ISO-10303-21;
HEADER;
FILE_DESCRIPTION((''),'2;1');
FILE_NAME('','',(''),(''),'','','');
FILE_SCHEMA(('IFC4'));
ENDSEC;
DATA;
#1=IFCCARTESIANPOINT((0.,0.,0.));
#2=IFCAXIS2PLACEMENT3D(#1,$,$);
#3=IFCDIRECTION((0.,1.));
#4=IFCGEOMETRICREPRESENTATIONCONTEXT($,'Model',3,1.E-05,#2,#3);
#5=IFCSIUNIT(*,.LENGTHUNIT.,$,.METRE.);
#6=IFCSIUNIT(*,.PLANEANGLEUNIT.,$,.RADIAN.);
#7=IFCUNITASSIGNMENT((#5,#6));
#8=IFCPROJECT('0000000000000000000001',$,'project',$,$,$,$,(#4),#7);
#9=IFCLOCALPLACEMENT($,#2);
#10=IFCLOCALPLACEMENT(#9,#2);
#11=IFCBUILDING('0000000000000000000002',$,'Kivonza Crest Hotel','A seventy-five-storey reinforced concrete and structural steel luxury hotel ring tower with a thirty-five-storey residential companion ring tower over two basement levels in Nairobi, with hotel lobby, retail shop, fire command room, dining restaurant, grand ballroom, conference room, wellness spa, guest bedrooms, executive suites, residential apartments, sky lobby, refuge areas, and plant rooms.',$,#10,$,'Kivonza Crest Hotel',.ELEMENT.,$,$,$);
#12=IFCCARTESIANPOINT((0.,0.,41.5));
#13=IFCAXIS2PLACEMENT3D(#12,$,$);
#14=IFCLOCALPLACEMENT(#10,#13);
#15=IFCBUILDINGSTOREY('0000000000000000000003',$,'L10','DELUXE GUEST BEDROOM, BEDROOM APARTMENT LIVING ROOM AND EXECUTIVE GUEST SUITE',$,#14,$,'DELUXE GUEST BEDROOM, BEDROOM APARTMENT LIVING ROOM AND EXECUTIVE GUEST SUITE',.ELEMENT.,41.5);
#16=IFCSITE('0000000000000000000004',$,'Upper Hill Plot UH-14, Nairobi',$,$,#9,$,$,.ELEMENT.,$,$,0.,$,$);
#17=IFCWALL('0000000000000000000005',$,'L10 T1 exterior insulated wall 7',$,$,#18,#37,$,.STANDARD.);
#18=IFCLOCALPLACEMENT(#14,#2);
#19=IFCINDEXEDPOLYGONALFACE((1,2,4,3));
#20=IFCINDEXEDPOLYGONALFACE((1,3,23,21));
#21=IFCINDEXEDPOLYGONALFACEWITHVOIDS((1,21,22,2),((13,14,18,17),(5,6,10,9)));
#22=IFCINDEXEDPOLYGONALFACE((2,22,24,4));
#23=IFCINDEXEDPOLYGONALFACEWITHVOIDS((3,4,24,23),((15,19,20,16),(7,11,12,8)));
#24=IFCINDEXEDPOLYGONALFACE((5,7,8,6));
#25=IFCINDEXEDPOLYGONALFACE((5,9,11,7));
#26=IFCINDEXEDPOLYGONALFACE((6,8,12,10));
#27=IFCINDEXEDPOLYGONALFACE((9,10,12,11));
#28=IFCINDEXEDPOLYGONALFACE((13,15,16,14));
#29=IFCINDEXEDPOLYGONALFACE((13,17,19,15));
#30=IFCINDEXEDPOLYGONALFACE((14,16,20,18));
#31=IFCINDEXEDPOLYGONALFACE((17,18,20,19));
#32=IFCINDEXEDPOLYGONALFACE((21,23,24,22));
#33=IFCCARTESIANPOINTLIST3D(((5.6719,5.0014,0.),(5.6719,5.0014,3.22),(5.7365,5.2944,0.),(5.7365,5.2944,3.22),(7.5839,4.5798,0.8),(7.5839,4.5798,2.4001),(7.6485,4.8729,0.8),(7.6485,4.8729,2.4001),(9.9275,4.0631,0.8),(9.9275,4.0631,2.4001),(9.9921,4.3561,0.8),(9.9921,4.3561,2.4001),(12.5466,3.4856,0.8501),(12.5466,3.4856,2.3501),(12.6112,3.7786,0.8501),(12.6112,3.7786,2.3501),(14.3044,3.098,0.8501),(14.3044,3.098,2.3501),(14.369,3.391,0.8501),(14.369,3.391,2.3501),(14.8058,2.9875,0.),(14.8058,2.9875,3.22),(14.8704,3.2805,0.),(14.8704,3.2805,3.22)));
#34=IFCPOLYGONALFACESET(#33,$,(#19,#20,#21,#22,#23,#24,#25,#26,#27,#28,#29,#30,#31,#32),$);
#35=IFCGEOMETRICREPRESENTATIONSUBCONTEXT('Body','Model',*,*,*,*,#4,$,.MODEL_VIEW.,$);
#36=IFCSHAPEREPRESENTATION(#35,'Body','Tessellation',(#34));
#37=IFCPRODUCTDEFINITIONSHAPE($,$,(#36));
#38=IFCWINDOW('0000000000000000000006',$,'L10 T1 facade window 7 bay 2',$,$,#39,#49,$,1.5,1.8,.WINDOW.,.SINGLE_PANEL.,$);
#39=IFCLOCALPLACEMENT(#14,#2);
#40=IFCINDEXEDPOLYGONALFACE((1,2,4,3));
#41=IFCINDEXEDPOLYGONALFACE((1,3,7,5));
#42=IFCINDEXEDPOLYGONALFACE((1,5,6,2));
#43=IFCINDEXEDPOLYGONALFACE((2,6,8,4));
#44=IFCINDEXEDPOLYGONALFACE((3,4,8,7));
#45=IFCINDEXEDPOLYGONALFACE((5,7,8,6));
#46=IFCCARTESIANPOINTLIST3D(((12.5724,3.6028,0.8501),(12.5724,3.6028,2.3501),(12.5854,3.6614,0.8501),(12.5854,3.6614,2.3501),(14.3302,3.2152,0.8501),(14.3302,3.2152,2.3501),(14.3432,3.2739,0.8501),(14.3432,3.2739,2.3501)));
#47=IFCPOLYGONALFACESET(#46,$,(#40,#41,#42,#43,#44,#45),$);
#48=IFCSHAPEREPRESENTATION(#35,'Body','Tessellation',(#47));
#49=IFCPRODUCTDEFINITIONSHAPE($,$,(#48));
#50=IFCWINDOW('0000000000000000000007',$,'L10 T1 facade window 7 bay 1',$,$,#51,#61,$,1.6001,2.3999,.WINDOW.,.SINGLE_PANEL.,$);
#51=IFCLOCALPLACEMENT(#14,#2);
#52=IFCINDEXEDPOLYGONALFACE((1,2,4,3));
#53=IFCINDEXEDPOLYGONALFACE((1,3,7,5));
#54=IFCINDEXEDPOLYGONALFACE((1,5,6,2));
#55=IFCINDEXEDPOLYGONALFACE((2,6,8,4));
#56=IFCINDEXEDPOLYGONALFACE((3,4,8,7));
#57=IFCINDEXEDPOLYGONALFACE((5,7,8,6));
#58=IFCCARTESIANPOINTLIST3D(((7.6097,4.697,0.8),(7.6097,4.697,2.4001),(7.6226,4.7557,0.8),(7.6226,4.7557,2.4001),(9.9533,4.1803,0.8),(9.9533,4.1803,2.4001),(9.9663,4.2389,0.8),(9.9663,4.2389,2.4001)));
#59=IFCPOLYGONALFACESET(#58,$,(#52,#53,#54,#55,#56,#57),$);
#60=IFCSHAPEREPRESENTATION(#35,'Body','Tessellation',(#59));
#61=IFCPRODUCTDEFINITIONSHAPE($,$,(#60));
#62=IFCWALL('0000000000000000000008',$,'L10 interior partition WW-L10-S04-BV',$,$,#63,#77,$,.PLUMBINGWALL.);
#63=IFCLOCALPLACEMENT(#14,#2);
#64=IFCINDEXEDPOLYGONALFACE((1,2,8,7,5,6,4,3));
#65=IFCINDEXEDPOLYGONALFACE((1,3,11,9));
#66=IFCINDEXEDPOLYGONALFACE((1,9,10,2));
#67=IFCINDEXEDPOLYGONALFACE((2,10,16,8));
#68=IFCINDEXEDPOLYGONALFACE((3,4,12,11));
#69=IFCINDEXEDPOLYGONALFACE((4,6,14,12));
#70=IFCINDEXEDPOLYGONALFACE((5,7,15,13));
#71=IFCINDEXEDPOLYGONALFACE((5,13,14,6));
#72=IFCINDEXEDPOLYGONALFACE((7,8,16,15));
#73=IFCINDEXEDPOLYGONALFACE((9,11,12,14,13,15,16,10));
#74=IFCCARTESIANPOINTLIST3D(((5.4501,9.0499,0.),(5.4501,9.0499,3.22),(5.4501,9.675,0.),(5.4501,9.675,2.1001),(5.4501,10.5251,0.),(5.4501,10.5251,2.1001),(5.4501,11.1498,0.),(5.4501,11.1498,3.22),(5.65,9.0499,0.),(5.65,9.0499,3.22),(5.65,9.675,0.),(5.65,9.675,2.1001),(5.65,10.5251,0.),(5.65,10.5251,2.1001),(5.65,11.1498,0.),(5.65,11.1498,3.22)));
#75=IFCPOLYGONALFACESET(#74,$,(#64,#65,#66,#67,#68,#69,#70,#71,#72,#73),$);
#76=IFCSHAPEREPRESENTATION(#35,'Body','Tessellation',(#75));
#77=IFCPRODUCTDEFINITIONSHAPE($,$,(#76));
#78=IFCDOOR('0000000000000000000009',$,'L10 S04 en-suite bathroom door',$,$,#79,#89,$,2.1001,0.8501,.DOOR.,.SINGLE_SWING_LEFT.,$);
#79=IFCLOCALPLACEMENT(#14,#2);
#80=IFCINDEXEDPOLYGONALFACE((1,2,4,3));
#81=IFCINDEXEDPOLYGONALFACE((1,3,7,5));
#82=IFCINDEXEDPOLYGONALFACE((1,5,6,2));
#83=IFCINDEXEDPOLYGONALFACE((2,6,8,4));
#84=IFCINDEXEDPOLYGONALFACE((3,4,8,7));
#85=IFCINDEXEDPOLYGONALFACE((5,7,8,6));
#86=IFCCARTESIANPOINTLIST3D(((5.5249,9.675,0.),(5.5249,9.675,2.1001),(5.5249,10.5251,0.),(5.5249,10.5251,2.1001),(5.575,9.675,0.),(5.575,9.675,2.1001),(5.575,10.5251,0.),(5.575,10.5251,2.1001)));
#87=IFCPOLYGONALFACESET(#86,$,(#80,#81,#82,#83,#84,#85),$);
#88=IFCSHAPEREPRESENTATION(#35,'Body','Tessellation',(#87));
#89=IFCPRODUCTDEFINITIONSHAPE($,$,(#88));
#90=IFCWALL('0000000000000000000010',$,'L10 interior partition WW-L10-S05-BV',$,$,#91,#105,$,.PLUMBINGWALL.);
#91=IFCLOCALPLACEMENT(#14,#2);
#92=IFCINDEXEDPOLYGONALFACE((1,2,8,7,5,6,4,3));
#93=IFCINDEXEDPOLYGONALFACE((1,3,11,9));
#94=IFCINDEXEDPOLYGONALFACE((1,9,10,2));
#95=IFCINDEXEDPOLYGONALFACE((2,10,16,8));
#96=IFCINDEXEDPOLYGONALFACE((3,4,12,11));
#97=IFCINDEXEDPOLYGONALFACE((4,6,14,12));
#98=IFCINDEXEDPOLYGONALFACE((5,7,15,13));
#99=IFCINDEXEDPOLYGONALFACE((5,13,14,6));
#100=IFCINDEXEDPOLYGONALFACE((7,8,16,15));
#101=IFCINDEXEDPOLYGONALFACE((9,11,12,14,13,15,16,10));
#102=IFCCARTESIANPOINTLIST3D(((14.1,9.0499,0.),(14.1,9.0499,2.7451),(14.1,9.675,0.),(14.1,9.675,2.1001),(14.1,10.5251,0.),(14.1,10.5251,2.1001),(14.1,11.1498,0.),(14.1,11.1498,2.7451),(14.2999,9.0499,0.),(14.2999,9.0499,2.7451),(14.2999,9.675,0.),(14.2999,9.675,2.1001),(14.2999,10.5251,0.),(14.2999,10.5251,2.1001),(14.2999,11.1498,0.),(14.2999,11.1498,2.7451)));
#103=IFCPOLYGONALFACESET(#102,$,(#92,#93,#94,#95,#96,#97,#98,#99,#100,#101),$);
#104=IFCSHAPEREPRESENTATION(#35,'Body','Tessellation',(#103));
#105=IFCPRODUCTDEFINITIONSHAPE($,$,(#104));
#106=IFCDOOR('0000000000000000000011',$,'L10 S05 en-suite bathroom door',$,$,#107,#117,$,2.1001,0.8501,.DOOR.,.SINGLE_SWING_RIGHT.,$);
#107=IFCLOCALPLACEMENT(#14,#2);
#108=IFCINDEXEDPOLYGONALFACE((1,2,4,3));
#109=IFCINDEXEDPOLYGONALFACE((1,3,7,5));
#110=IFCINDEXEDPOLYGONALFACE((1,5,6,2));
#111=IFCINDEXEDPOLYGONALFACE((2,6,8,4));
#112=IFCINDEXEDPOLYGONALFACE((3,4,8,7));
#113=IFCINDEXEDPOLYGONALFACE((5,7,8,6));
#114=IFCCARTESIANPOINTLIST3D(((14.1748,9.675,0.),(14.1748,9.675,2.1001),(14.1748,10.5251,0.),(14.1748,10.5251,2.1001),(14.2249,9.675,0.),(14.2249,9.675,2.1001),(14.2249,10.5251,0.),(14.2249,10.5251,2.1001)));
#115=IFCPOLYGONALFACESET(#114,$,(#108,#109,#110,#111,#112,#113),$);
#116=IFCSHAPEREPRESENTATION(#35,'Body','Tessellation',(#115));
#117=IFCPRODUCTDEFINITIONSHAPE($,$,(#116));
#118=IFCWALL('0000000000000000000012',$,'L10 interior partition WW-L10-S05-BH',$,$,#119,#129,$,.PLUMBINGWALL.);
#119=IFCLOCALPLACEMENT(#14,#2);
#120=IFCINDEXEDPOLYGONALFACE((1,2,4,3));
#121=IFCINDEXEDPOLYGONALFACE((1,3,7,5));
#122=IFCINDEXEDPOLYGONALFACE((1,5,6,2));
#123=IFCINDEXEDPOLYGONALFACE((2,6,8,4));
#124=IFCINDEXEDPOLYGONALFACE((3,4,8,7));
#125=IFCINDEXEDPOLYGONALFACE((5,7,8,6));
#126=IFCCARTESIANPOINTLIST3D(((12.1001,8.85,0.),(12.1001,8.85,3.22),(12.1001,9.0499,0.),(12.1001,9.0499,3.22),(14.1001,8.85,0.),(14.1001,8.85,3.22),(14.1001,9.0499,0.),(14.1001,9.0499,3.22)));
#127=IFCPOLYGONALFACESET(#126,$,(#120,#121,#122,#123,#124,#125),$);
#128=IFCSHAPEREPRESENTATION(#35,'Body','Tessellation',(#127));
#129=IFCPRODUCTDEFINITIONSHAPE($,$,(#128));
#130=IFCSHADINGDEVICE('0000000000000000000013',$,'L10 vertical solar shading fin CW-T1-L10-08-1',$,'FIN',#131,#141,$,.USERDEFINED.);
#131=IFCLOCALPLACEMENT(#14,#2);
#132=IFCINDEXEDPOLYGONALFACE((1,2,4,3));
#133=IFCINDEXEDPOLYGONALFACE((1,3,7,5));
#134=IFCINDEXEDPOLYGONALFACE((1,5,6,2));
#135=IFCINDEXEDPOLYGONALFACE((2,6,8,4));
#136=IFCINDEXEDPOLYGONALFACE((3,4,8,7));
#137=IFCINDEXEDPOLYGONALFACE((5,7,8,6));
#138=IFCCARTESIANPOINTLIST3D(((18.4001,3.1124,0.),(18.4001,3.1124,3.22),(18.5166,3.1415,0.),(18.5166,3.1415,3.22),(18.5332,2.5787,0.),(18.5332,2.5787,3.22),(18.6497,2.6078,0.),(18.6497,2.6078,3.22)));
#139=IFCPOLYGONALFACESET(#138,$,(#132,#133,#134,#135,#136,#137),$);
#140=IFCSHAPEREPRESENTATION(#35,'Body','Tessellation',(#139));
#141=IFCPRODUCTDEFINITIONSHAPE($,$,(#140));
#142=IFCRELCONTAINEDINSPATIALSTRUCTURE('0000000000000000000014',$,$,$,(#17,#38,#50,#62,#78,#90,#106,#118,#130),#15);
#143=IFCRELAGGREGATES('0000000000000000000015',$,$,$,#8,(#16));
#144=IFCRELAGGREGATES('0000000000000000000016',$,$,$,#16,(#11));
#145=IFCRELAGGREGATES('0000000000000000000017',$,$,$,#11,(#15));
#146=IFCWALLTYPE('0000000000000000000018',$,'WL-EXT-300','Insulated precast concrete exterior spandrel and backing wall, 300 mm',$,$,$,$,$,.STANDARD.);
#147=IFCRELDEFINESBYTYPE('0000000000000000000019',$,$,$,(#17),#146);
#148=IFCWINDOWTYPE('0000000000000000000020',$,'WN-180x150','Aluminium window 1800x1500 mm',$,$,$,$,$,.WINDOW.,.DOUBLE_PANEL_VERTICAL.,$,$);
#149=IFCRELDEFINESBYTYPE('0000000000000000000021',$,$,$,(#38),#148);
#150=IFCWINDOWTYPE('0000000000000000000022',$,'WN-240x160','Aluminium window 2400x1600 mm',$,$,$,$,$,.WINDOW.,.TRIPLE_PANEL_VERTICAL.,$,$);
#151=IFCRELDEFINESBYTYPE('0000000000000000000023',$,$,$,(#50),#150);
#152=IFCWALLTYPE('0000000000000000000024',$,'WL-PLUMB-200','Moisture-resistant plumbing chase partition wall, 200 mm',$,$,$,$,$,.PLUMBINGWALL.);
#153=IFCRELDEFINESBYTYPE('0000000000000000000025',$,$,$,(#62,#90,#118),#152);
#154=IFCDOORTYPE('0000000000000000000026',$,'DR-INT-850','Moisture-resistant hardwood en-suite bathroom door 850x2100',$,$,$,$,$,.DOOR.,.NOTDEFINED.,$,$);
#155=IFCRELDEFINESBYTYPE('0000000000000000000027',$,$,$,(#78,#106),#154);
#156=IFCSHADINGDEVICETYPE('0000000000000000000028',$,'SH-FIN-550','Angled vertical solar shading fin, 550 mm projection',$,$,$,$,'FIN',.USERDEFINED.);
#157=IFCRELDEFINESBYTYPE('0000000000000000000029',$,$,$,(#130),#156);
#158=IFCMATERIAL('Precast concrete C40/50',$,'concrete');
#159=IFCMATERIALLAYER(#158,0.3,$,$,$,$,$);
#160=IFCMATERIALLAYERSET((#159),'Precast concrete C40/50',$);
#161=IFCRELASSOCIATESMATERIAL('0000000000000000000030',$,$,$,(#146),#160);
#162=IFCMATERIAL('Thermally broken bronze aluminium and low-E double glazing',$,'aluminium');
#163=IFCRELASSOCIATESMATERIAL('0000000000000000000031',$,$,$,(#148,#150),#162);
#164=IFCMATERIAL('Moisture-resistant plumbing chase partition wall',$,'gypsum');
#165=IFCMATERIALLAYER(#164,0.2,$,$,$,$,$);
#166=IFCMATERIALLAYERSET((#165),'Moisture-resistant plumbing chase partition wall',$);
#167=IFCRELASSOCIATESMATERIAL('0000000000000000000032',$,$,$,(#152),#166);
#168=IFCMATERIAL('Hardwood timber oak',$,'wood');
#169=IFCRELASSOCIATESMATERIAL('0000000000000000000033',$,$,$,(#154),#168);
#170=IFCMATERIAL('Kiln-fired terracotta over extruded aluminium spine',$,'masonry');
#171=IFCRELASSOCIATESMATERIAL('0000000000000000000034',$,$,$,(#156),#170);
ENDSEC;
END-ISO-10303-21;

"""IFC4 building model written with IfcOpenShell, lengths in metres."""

from ifc_helpers import new_model, si_unit, direction, frame, frame_2d, origin, origin_2d, place, context, subcontext, project, spatial, rectangle, extrude, material, layer, layer_set, type_object, element, fill, save


model = new_model("IFC4")

# Units and contexts
model_context = context("Model", 3, precision=1e-05, world=origin(), true_north=direction((0.0, 1.0)))
body_context = subcontext(model_context, "Body", "Model", "MODEL_VIEW")
ifc_project = project(units=[si_unit("LENGTHUNIT", "METRE"), si_unit("PLANEANGLEUNIT", "RADIAN")], contexts=[model_context])

# Site, building, storey
site_placement = place(None, origin())
site = spatial("IfcSite", under=ifc_project, at=site_placement, Name="Upper Hill Plot UH-14, Nairobi", CompositionType="ELEMENT", RefElevation=0.0)
building_placement = place(site_placement, origin())
building = spatial("IfcBuilding", under=site, at=building_placement, Name="Kivonza Crest Hotel", Description="A seventy-five-storey reinforced concrete and structural steel luxury hotel ring tower with a thirty-five-storey residential companion ring tower over two basement levels in Nairobi, with hotel lobby, retail shop, fire command room, dining restaurant, grand ballroom, conference room, wellness spa, guest bedrooms, executive suites, residential apartments, sky lobby, refuge areas, and plant rooms.", LongName="Kivonza Crest Hotel", CompositionType="ELEMENT")
storey_placement = place(building_placement, frame((0.0, 0.0, 41.5)))
storey = spatial("IfcBuildingStorey", under=building, at=storey_placement, Name="L10", Description="DELUXE GUEST BEDROOM, BEDROOM APARTMENT LIVING ROOM AND EXECUTIVE GUEST SUITE", LongName="DELUXE GUEST BEDROOM, BEDROOM APARTMENT LIVING ROOM AND EXECUTIVE GUEST SUITE", CompositionType="ELEMENT", Elevation=41.5)

# Wall, openings, windows
ifc_material_1 = material(Name="Precast concrete C40/50", Category="concrete")
ifc_layer_1 = layer(ifc_material_1, 0.3)
ifc_layer_set_1 = layer_set([ifc_layer_1], Name="Precast concrete C40/50")
wall_type_1 = type_object("IfcWallType", Name="WL-EXT-300", Description="Insulated precast concrete exterior spandrel and backing wall, 300 mm", PredefinedType="STANDARD", material=ifc_layer_set_1)
wall_1_placement = place(storey_placement, frame((5.7041, 5.1479, 0.0), z_axis=(0.0, 0.0, 1.0), x_axis=(0.976544, -0.215319, 0.0)))
wall_1 = element("IfcWall", 1, at=wall_1_placement, inside=storey, type_object=wall_type_1, Name="L10 T1 exterior insulated wall 7", PredefinedType="STANDARD", context=body_context, shape_type="SweptSolid", body=[
    extrude(rectangle(XDim=9.3533, YDim=0.3, at=frame_2d((4.6768, 0.0))), origin(), (0.0, 0.0, 1.0), 3.22),
])
opening_1_placement = place(wall_1_placement, frame((1.958, 0.0, 0.8)))
opening_1 = element("IfcOpeningElement", 2, at=opening_1_placement, cuts=wall_1, PredefinedType="OPENING", context=body_context, shape_type="SweptSolid", body=[
    extrude(rectangle(XDim=2.3999, YDim=1.6001, at=frame_2d((1.2, 0.8))), frame((0.0, 0.1602, 0.0), z_axis=(0.0, -1.0, 0.0), x_axis=(1.0, 0.0, 0.0)), (0.0, 0.0, 1.0), 0.3201),
])
opening_2_placement = place(wall_1_placement, frame((7.04, 0.0, 0.8501)))
opening_2 = element("IfcOpeningElement", 3, at=opening_2_placement, cuts=wall_1, PredefinedType="OPENING", context=body_context, shape_type="SweptSolid", body=[
    extrude(rectangle(XDim=1.8, YDim=1.5, at=frame_2d((0.8999, 0.75))), frame((0.0, 0.1602, 0.0), z_axis=(0.0, -1.0, 0.0), x_axis=(1.0, 0.0, 0.0)), (0.0, 0.0, 1.0), 0.3201),
])
ifc_material_2 = material(Name="Thermally broken bronze aluminium and low-E double glazing", Category="aluminium")
window_type_1 = type_object("IfcWindowType", Name="WN-180x150", Description="Aluminium window 1800x1500 mm", PartitioningType="DOUBLE_PANEL_VERTICAL", PredefinedType="WINDOW", material=ifc_material_2)
window_1_placement = place(opening_2_placement, origin())
window_1 = element("IfcWindow", 4, at=window_1_placement, inside=storey, type_object=window_type_1, Name="L10 T1 facade window 7 bay 2", OverallHeight=1.5, OverallWidth=1.8, PartitioningType="SINGLE_PANEL", PredefinedType="WINDOW", context=body_context, shape_type="SweptSolid", body=[
    extrude(rectangle(XDim=1.8, YDim=1.5, at=frame_2d((0.8999, 0.75))), frame((0.0, 0.03, 0.0), z_axis=(0.0, -1.0, 0.0), x_axis=(1.0, 0.0, 0.0)), (0.0, 0.0, 1.0), 0.0601),
])
fill(opening_2, window_1)
window_type_2 = type_object("IfcWindowType", Name="WN-240x160", Description="Aluminium window 2400x1600 mm", PartitioningType="TRIPLE_PANEL_VERTICAL", PredefinedType="WINDOW", material=ifc_material_2)
window_2_placement = place(opening_1_placement, origin())
window_2 = element("IfcWindow", 5, at=window_2_placement, inside=storey, type_object=window_type_2, Name="L10 T1 facade window 7 bay 1", OverallHeight=1.6001, OverallWidth=2.3999, PartitioningType="SINGLE_PANEL", PredefinedType="WINDOW", context=body_context, shape_type="SweptSolid", body=[
    extrude(rectangle(XDim=2.3999, YDim=1.6001, at=frame_2d((1.2, 0.8))), frame((0.0, 0.03, 0.0), z_axis=(0.0, -1.0, 0.0), x_axis=(1.0, 0.0, 0.0)), (0.0, 0.0, 1.0), 0.0601),
])
fill(opening_1, window_2)

# Walls, openings, doors
ifc_material_3 = material(Name="Moisture-resistant plumbing chase partition wall", Category="gypsum")
ifc_layer_2 = layer(ifc_material_3, 0.2)
ifc_layer_set_2 = layer_set([ifc_layer_2], Name="Moisture-resistant plumbing chase partition wall")
wall_type_2 = type_object("IfcWallType", Name="WL-PLUMB-200", Description="Moisture-resistant plumbing chase partition wall, 200 mm", PredefinedType="PLUMBINGWALL", material=ifc_layer_set_2)
wall_2_placement = place(storey_placement, frame((5.55, 9.05, 0.0), z_axis=(0.0, 0.0, 1.0), x_axis=(0.0, 1.0, 0.0)))
wall_2 = element("IfcWall", 6, at=wall_2_placement, inside=storey, type_object=wall_type_2, Name="L10 interior partition WW-L10-S04-BV", PredefinedType="PLUMBINGWALL", context=body_context, shape_type="SweptSolid", body=[
    extrude(rectangle(XDim=2.0999, YDim=0.2, at=frame_2d((1.0498, 0.0))), origin(), (0.0, 0.0, 1.0), 3.22),
])
opening_3_placement = place(wall_2_placement, frame((0.625, 0.0, 0.0)))
opening_3 = element("IfcOpeningElement", 7, at=opening_3_placement, cuts=wall_2, PredefinedType="OPENING", context=body_context, shape_type="SweptSolid", body=[
    extrude(rectangle(XDim=0.8501, YDim=2.1001, at=frame_2d((0.425, 1.05))), frame((0.0, 0.1099, 0.0), z_axis=(0.0, -1.0, 0.0), x_axis=(1.0, 0.0, 0.0)), (0.0, 0.0, 1.0), 0.22),
])
ifc_material_4 = material(Name="Hardwood timber oak", Category="wood")
door_type = type_object("IfcDoorType", Name="DR-INT-850", Description="Moisture-resistant hardwood en-suite bathroom door 850x2100", OperationType="NOTDEFINED", PredefinedType="DOOR", material=ifc_material_4)
door_1_placement = place(opening_3_placement, frame((0.8501, 0.0, 0.0), z_axis=(0.0, 0.0, 1.0), x_axis=(-1.0, 0.0, 0.0)))
door_1 = element("IfcDoor", 8, at=door_1_placement, inside=storey, type_object=door_type, Name="L10 S04 en-suite bathroom door", OperationType="SINGLE_SWING_LEFT", OverallHeight=2.1001, OverallWidth=0.8501, PredefinedType="DOOR", context=body_context, shape_type="SweptSolid", body=[
    extrude(rectangle(XDim=0.8501, YDim=2.1001, at=frame_2d((0.425, 1.05))), frame((0.0, 0.0249, 0.0), z_axis=(0.0, -1.0, 0.0), x_axis=(1.0, 0.0, 0.0)), (0.0, 0.0, 1.0), 0.05),
])
fill(opening_3, door_1)
wall_3_placement = place(storey_placement, frame((14.2, 9.05, 0.0), z_axis=(0.0, 0.0, 1.0), x_axis=(0.0, 1.0, 0.0)))
wall_3 = element("IfcWall", 9, at=wall_3_placement, inside=storey, type_object=wall_type_2, Name="L10 interior partition WW-L10-S05-BV", PredefinedType="PLUMBINGWALL", context=body_context, shape_type="SweptSolid", body=[
    extrude(rectangle(XDim=2.0999, YDim=0.2, at=frame_2d((1.0498, 0.0))), origin(), (0.0, 0.0, 1.0), 2.7451),
])
opening_4_placement = place(wall_3_placement, frame((0.625, 0.0, 0.0)))
opening_4 = element("IfcOpeningElement", 10, at=opening_4_placement, cuts=wall_3, PredefinedType="OPENING", context=body_context, shape_type="SweptSolid", body=[
    extrude(rectangle(XDim=0.8501, YDim=2.1001, at=frame_2d((0.425, 1.05))), frame((0.0, 0.1099, 0.0), z_axis=(0.0, -1.0, 0.0), x_axis=(1.0, 0.0, 0.0)), (0.0, 0.0, 1.0), 0.22),
])
door_2_placement = place(opening_4_placement, frame((0.8501, 0.0, 0.0), z_axis=(0.0, 0.0, 1.0), x_axis=(-1.0, 0.0, 0.0)))
door_2 = element("IfcDoor", 11, at=door_2_placement, inside=storey, type_object=door_type, Name="L10 S05 en-suite bathroom door", OperationType="SINGLE_SWING_RIGHT", OverallHeight=2.1001, OverallWidth=0.8501, PredefinedType="DOOR", context=body_context, shape_type="SweptSolid", body=[
    extrude(rectangle(XDim=0.8501, YDim=2.1001, at=frame_2d((0.425, 1.05))), frame((0.0, 0.0249, 0.0), z_axis=(0.0, -1.0, 0.0), x_axis=(1.0, 0.0, 0.0)), (0.0, 0.0, 1.0), 0.05),
])
fill(opening_4, door_2)

# Wall
wall_4_placement = place(storey_placement, frame((12.1001, 8.95, 0.0), z_axis=(0.0, 0.0, 1.0), x_axis=(1.0, 0.0, 0.0)))
element("IfcWall", 12, at=wall_4_placement, inside=storey, type_object=wall_type_2, Name="L10 interior partition WW-L10-S05-BH", PredefinedType="PLUMBINGWALL", context=body_context, shape_type="SweptSolid", body=[
    extrude(rectangle(XDim=2.0, YDim=0.2, at=frame_2d((1.0, 0.0))), origin(), (0.0, 0.0, 1.0), 3.22),
])

# Shading device
ifc_material_5 = material(Name="Kiln-fired terracotta over extruded aluminium spine", Category="masonry")
shading_device_type = type_object("IfcShadingDeviceType", Name="SH-FIN-550", Description="Angled vertical solar shading fin, 550 mm projection", ElementType="FIN", PredefinedType="USERDEFINED", material=ifc_material_5)
shading_device_placement = place(storey_placement, frame((18.5249, 2.8601, 0.0), z_axis=(0.0, 0.0, 1.0), x_axis=(0.970296, 0.241922, 0.0)))
element("IfcShadingDevice", 13, at=shading_device_placement, inside=storey, type_object=shading_device_type, Name="L10 vertical solar shading fin CW-T1-L10-08-1", ObjectType="FIN", PredefinedType="USERDEFINED", context=body_context, shape_type="SweptSolid", body=[
    extrude(rectangle(XDim=0.1201, YDim=0.55, at=origin_2d()), origin(), (0.0, 0.0, 1.0), 3.22),
])

save(model, "model.ifc")
